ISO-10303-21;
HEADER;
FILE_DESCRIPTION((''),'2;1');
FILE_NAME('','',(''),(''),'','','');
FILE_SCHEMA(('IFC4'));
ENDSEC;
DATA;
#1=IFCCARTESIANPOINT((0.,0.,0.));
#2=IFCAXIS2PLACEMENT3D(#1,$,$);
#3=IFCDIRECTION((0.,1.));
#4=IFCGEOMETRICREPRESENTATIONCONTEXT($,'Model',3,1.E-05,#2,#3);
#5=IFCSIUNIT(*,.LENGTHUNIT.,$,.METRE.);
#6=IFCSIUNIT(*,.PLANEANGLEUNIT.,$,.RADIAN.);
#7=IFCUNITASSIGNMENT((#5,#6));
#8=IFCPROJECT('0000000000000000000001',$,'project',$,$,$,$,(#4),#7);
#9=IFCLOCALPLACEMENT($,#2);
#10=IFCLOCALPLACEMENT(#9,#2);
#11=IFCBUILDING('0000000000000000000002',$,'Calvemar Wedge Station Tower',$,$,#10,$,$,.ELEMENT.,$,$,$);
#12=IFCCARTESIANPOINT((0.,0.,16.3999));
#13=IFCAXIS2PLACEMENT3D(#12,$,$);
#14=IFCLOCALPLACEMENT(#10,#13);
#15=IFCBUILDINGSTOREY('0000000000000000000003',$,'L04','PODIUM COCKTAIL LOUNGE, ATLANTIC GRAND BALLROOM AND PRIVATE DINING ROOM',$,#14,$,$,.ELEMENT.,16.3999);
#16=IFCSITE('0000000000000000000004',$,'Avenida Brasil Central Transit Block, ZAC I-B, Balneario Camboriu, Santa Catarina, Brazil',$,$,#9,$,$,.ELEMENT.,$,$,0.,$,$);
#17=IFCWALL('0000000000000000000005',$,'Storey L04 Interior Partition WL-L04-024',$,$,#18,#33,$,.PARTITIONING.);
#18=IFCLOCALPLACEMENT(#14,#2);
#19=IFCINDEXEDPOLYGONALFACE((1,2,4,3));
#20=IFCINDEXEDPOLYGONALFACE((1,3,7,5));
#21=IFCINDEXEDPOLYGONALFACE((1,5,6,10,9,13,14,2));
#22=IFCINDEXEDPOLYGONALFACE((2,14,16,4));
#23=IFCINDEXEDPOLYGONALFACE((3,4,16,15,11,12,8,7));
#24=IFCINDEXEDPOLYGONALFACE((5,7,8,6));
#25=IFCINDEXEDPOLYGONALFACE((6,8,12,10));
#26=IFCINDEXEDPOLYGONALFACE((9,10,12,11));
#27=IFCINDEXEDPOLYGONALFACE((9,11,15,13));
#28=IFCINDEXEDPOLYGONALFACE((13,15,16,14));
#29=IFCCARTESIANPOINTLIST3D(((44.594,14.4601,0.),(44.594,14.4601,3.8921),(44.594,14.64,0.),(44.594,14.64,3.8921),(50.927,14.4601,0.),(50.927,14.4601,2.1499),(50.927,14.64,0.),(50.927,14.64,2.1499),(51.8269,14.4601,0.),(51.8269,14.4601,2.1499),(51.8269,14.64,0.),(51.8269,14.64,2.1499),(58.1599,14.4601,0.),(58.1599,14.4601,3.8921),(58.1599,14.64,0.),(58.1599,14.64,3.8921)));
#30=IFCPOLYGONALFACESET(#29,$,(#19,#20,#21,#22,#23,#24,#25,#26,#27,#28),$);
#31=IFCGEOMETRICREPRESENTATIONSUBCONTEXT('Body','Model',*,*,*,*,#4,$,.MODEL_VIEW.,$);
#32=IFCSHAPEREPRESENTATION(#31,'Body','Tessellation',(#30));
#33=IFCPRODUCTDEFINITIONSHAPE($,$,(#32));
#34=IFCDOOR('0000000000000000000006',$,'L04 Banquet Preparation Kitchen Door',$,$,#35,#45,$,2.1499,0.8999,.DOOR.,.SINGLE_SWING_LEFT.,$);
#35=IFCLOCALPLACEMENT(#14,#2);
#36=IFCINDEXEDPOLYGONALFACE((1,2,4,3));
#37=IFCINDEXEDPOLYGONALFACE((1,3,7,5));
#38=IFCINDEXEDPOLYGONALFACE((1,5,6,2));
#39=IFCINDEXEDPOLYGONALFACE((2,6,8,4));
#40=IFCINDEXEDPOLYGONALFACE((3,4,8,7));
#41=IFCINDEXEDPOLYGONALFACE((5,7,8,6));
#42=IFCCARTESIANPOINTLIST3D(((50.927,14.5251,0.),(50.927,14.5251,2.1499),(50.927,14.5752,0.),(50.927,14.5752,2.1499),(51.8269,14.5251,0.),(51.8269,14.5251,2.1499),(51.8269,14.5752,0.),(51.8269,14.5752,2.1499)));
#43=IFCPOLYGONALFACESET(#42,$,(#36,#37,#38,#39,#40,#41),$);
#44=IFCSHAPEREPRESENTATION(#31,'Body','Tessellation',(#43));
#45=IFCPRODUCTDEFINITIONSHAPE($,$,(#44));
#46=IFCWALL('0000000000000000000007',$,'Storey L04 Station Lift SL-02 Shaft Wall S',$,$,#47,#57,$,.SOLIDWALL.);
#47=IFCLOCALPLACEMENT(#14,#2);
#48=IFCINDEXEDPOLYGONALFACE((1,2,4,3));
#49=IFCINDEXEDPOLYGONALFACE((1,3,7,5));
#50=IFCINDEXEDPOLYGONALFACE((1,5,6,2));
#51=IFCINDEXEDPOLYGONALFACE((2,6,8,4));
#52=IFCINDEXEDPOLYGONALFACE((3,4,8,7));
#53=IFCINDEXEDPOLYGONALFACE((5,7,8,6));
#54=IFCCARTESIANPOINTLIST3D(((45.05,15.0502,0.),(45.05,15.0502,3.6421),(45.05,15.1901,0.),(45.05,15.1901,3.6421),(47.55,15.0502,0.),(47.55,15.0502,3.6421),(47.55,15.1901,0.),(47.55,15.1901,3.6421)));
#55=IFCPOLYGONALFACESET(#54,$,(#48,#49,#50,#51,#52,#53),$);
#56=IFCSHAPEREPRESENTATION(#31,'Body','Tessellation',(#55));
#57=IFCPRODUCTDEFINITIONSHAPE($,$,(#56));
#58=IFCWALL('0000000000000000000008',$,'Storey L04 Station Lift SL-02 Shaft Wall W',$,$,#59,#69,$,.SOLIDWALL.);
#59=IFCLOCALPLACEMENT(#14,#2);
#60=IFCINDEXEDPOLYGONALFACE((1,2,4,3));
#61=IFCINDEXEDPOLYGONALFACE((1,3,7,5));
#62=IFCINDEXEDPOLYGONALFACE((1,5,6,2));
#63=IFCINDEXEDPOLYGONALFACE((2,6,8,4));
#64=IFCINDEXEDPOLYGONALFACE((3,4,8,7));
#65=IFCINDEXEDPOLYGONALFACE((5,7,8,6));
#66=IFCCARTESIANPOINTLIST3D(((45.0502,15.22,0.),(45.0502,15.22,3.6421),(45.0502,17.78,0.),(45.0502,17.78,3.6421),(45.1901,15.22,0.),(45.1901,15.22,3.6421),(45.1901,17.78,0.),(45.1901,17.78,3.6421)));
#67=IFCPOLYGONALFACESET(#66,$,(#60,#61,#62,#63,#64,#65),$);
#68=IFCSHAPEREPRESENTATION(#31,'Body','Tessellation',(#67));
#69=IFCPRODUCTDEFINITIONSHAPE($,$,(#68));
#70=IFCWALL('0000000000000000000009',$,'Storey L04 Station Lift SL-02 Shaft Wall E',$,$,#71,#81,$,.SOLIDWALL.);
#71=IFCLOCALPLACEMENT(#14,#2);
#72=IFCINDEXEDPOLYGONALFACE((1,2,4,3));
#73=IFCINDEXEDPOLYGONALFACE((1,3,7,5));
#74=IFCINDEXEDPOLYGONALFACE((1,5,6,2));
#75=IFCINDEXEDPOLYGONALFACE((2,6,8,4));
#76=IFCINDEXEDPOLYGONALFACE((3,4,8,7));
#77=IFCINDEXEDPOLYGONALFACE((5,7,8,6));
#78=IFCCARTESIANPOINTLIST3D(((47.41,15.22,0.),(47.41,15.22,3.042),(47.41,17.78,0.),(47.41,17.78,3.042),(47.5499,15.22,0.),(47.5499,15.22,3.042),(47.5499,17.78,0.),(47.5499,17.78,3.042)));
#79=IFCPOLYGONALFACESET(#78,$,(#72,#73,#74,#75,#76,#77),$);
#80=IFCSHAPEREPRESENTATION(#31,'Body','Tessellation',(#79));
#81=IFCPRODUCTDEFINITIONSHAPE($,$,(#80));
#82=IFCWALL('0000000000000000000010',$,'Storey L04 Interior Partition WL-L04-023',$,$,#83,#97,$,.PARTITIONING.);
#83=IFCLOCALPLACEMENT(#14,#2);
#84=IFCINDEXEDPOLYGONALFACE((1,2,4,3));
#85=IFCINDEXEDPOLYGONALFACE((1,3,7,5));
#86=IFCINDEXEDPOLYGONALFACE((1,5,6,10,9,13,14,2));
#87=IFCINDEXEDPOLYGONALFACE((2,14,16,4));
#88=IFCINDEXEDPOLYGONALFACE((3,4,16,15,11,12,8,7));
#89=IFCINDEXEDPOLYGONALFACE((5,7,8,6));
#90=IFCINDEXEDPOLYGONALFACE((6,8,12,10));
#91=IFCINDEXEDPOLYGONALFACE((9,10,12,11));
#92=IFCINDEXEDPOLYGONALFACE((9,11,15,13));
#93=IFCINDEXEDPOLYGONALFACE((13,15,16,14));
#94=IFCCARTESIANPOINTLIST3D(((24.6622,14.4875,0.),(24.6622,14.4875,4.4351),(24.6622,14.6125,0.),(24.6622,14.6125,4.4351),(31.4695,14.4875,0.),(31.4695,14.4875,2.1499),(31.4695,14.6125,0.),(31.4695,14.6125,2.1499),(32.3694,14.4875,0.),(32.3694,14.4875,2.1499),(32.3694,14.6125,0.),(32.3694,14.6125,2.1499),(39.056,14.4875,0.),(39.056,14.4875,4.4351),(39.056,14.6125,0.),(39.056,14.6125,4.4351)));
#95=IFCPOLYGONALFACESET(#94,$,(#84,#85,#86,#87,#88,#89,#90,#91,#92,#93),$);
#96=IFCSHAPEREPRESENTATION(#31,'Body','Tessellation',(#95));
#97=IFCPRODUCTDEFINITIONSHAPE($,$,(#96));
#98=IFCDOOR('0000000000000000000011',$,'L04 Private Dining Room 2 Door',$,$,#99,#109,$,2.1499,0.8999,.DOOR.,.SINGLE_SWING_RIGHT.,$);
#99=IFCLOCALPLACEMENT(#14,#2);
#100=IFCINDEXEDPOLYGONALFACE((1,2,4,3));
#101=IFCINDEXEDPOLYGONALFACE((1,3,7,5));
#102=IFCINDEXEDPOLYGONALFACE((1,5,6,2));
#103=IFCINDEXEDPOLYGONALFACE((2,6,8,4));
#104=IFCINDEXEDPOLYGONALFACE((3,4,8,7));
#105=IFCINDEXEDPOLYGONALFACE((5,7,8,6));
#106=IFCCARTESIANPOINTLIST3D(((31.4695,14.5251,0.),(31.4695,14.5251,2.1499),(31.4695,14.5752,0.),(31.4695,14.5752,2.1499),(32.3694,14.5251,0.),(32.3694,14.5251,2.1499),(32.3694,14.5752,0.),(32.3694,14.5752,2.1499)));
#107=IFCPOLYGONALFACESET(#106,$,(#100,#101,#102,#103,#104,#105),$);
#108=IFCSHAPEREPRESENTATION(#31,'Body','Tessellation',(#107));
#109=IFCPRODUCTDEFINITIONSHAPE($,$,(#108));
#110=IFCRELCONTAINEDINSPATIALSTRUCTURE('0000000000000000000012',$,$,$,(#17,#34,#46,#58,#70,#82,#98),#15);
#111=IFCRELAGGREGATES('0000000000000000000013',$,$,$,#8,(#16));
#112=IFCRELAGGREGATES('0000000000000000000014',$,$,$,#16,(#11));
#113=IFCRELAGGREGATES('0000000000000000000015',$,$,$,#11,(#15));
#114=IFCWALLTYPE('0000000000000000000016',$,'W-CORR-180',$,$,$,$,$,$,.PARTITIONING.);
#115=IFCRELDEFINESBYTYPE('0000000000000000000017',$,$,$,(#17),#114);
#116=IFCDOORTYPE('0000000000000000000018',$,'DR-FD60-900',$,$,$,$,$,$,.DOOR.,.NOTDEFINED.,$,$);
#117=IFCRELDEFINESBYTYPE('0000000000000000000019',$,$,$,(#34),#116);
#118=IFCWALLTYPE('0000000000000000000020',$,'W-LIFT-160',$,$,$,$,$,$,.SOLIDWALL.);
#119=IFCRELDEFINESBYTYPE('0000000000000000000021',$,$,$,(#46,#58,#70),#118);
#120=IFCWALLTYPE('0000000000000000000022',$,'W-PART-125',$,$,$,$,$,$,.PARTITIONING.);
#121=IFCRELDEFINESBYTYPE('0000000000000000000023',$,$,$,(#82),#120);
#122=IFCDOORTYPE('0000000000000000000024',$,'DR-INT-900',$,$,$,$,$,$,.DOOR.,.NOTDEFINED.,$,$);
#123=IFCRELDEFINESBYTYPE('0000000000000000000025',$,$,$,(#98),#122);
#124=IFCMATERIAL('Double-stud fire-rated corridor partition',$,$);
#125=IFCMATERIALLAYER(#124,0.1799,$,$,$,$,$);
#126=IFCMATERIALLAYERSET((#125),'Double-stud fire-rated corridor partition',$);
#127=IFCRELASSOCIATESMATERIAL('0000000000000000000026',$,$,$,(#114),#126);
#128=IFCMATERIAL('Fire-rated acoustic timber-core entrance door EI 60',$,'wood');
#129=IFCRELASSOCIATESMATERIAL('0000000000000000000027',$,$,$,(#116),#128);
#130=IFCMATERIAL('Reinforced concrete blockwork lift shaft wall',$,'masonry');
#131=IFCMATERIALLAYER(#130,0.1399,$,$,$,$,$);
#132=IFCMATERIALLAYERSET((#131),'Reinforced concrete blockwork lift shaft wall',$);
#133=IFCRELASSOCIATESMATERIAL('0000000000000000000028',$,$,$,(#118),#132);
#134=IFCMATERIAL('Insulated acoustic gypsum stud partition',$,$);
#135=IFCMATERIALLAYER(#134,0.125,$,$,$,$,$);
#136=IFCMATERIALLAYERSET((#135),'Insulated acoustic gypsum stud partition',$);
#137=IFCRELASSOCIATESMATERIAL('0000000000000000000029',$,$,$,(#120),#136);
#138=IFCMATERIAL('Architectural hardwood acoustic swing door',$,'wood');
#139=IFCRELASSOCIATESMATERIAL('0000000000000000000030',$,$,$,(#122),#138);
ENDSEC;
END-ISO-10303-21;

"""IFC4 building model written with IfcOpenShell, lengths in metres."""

from ifc_helpers import new_model, si_unit, direction, frame, frame_2d, origin, place, context, subcontext, project, spatial, rectangle, extrude, source, transform, mapped, material, layer, layer_set, type_object, element, fill, save


model = new_model("IFC4")

# Units and contexts
model_context = context("Model", 3, precision=1e-05, world=origin(), true_north=direction((0.0, 1.0)))
body_context = subcontext(model_context, "Body", "Model", "MODEL_VIEW")
ifc_project = project(units=[si_unit("LENGTHUNIT", "METRE"), si_unit("PLANEANGLEUNIT", "RADIAN")], contexts=[model_context])

# Site, building, storey
site_placement = place(None, origin())
site = spatial("IfcSite", under=ifc_project, at=site_placement, Name="Avenida Brasil Central Transit Block, ZAC I-B, Balneario Camboriu, Santa Catarina, Brazil", CompositionType="ELEMENT", RefElevation=0.0)
building_placement = place(site_placement, origin())
building = spatial("IfcBuilding", under=site, at=building_placement, Name="Calvemar Wedge Station Tower", CompositionType="ELEMENT")
storey_placement = place(building_placement, frame((0.0, 0.0, 16.3999)))
storey = spatial("IfcBuildingStorey", under=building, at=storey_placement, Name="L04", Description="PODIUM COCKTAIL LOUNGE, ATLANTIC GRAND BALLROOM AND PRIVATE DINING ROOM", CompositionType="ELEMENT", Elevation=16.3999)

# Shared definitions
ifc_material_1 = material(Name="Double-stud fire-rated corridor partition")
ifc_layer_1 = layer(ifc_material_1, 0.1799)
ifc_layer_set_1 = layer_set([ifc_layer_1], Name="Double-stud fire-rated corridor partition")
wall_type_1 = type_object("IfcWallType", Name="W-CORR-180", PredefinedType="PARTITIONING", material=ifc_layer_set_1)

# Wall, opening, door
wall_1_placement = place(storey_placement, frame((58.1599, 14.55, 0.0), z_axis=(0.0, 0.0, 1.0), x_axis=(-1.0, 0.0, 0.0)))
wall_1 = element("IfcWall", 1, at=wall_1_placement, inside=storey, type_object=wall_type_1, Name="Storey L04 Interior Partition WL-L04-024", PredefinedType="PARTITIONING", context=body_context, shape_type="SweptSolid", body=[
    extrude(rectangle(XDim=13.5659, YDim=0.1799, at=frame_2d((6.783, 0.0))), origin(), (0.0, 0.0, 1.0), 3.8921),
])
shared_shape_1 = source(origin(), body_context, "Body", "SweptSolid", [
    extrude(rectangle(XDim=0.8999, YDim=2.1499, at=frame_2d((0.45, 1.075))), frame((0.0, 0.1001, 0.0), z_axis=(0.0, -1.0, 0.0), x_axis=(1.0, 0.0, 0.0)), (0.0, 0.0, 1.0), 0.2),
])
opening_1_placement = place(wall_1_placement, frame((6.333, 0.0, 0.0)))
opening_1 = element("IfcOpeningElement", 2, at=opening_1_placement, cuts=wall_1, PredefinedType="OPENING", context=body_context, shape_type="MappedRepresentation", body=[
    mapped(shared_shape_1, transform((0.0, 0.0, 0.0), scale=1.0)),
])
ifc_material_2 = material(Name="Fire-rated acoustic timber-core entrance door EI 60", Category="wood")
door_type_1 = type_object("IfcDoorType", Name="DR-FD60-900", OperationType="NOTDEFINED", PredefinedType="DOOR", material=ifc_material_2)
shared_shape_2 = source(origin(), body_context, "Body", "SweptSolid", [
    extrude(rectangle(XDim=0.8999, YDim=2.1499, at=frame_2d((0.45, 1.075))), frame((0.0, 0.0249, 0.0), z_axis=(0.0, -1.0, 0.0), x_axis=(1.0, 0.0, 0.0)), (0.0, 0.0, 1.0), 0.05),
])
door_1_placement = place(opening_1_placement, origin())
door_1 = element("IfcDoor", 3, at=door_1_placement, inside=storey, type_object=door_type_1, Name="L04 Banquet Preparation Kitchen Door", OperationType="SINGLE_SWING_LEFT", OverallHeight=2.1499, OverallWidth=0.8999, PredefinedType="DOOR", context=body_context, shape_type="MappedRepresentation", body=[
    mapped(shared_shape_2, transform((0.0, 0.0, 0.0), scale=1.0)),
])
fill(opening_1, door_1)
ifc_material_3 = material(Name="Reinforced concrete blockwork lift shaft wall", Category="masonry")
ifc_layer_2 = layer(ifc_material_3, 0.1399)
ifc_layer_set_2 = layer_set([ifc_layer_2], Name="Reinforced concrete blockwork lift shaft wall")
wall_type_2 = type_object("IfcWallType", Name="W-LIFT-160", PredefinedType="SOLIDWALL", material=ifc_layer_set_2)

# Walls
wall_2_placement = place(storey_placement, frame((45.05, 15.1201, 0.0), z_axis=(0.0, 0.0, 1.0), x_axis=(1.0, 0.0, 0.0)))
element("IfcWall", 4, at=wall_2_placement, inside=storey, type_object=wall_type_2, Name="Storey L04 Station Lift SL-02 Shaft Wall S", PredefinedType="SOLIDWALL", context=body_context, shape_type="SweptSolid", body=[
    extrude(rectangle(XDim=2.5, YDim=0.1399, at=frame_2d((1.25, 0.0))), origin(), (0.0, 0.0, 1.0), 3.6421),
])
wall_3_placement = place(storey_placement, frame((45.1201, 15.22, 0.0), z_axis=(0.0, 0.0, 1.0), x_axis=(0.0, 1.0, 0.0)))
element("IfcWall", 5, at=wall_3_placement, inside=storey, type_object=wall_type_2, Name="Storey L04 Station Lift SL-02 Shaft Wall W", PredefinedType="SOLIDWALL", context=body_context, shape_type="SweptSolid", body=[
    extrude(rectangle(XDim=2.5601, YDim=0.1399, at=frame_2d((1.28, 0.0))), origin(), (0.0, 0.0, 1.0), 3.6421),
])
wall_4_placement = place(storey_placement, frame((47.48, 15.22, 0.0), z_axis=(0.0, 0.0, 1.0), x_axis=(0.0, 1.0, 0.0)))
element("IfcWall", 6, at=wall_4_placement, inside=storey, type_object=wall_type_2, Name="Storey L04 Station Lift SL-02 Shaft Wall E", PredefinedType="SOLIDWALL", context=body_context, shape_type="SweptSolid", body=[
    extrude(rectangle(XDim=2.5601, YDim=0.1399, at=frame_2d((1.28, 0.0))), origin(), (0.0, 0.0, 1.0), 3.042),
])

# Wall, opening, door
ifc_material_4 = material(Name="Insulated acoustic gypsum stud partition")
ifc_layer_3 = layer(ifc_material_4, 0.125)
ifc_layer_set_3 = layer_set([ifc_layer_3], Name="Insulated acoustic gypsum stud partition")
wall_type_3 = type_object("IfcWallType", Name="W-PART-125", PredefinedType="PARTITIONING", material=ifc_layer_set_3)
wall_5_placement = place(storey_placement, frame((39.0559, 14.55, 0.0), z_axis=(0.0, 0.0, 1.0), x_axis=(-1.0, 0.0, 0.0)))
wall_5 = element("IfcWall", 7, at=wall_5_placement, inside=storey, type_object=wall_type_3, Name="Storey L04 Interior Partition WL-L04-023", PredefinedType="PARTITIONING", context=body_context, shape_type="SweptSolid", body=[
    extrude(rectangle(XDim=14.3938, YDim=0.125, at=frame_2d((7.1968, 0.0))), origin(), (0.0, 0.0, 1.0), 4.4351),
])
shared_shape_3 = source(origin(), body_context, "Body", "SweptSolid", [
    extrude(rectangle(XDim=0.8999, YDim=2.1499, at=frame_2d((0.45, 1.075))), frame((0.0, 0.0725, 0.0), z_axis=(0.0, -1.0, 0.0), x_axis=(1.0, 0.0, 0.0)), (0.0, 0.0, 1.0), 0.145),
])
opening_2_placement = place(wall_5_placement, frame((6.6865, 0.0, 0.0)))
opening_2 = element("IfcOpeningElement", 8, at=opening_2_placement, cuts=wall_5, PredefinedType="OPENING", context=body_context, shape_type="MappedRepresentation", body=[
    mapped(shared_shape_3, transform((0.0, 0.0, 0.0), scale=1.0)),
])
ifc_material_5 = material(Name="Architectural hardwood acoustic swing door", Category="wood")
door_type_2 = type_object("IfcDoorType", Name="DR-INT-900", OperationType="NOTDEFINED", PredefinedType="DOOR", material=ifc_material_5)
shared_shape_4 = source(origin(), body_context, "Body", "SweptSolid", [
    extrude(rectangle(XDim=0.8999, YDim=2.1499, at=frame_2d((0.45, 1.075))), frame((0.0, 0.0249, 0.0), z_axis=(0.0, -1.0, 0.0), x_axis=(1.0, 0.0, 0.0)), (0.0, 0.0, 1.0), 0.05),
])
door_2_placement = place(opening_2_placement, origin())
door_2 = element("IfcDoor", 9, at=door_2_placement, inside=storey, type_object=door_type_2, Name="L04 Private Dining Room 2 Door", OperationType="SINGLE_SWING_RIGHT", OverallHeight=2.1499, OverallWidth=0.8999, PredefinedType="DOOR", context=body_context, shape_type="MappedRepresentation", body=[
    mapped(shared_shape_4, transform((0.0, 0.0, 0.0), scale=1.0)),
])
fill(opening_2, door_2)

save(model, "model.ifc")
